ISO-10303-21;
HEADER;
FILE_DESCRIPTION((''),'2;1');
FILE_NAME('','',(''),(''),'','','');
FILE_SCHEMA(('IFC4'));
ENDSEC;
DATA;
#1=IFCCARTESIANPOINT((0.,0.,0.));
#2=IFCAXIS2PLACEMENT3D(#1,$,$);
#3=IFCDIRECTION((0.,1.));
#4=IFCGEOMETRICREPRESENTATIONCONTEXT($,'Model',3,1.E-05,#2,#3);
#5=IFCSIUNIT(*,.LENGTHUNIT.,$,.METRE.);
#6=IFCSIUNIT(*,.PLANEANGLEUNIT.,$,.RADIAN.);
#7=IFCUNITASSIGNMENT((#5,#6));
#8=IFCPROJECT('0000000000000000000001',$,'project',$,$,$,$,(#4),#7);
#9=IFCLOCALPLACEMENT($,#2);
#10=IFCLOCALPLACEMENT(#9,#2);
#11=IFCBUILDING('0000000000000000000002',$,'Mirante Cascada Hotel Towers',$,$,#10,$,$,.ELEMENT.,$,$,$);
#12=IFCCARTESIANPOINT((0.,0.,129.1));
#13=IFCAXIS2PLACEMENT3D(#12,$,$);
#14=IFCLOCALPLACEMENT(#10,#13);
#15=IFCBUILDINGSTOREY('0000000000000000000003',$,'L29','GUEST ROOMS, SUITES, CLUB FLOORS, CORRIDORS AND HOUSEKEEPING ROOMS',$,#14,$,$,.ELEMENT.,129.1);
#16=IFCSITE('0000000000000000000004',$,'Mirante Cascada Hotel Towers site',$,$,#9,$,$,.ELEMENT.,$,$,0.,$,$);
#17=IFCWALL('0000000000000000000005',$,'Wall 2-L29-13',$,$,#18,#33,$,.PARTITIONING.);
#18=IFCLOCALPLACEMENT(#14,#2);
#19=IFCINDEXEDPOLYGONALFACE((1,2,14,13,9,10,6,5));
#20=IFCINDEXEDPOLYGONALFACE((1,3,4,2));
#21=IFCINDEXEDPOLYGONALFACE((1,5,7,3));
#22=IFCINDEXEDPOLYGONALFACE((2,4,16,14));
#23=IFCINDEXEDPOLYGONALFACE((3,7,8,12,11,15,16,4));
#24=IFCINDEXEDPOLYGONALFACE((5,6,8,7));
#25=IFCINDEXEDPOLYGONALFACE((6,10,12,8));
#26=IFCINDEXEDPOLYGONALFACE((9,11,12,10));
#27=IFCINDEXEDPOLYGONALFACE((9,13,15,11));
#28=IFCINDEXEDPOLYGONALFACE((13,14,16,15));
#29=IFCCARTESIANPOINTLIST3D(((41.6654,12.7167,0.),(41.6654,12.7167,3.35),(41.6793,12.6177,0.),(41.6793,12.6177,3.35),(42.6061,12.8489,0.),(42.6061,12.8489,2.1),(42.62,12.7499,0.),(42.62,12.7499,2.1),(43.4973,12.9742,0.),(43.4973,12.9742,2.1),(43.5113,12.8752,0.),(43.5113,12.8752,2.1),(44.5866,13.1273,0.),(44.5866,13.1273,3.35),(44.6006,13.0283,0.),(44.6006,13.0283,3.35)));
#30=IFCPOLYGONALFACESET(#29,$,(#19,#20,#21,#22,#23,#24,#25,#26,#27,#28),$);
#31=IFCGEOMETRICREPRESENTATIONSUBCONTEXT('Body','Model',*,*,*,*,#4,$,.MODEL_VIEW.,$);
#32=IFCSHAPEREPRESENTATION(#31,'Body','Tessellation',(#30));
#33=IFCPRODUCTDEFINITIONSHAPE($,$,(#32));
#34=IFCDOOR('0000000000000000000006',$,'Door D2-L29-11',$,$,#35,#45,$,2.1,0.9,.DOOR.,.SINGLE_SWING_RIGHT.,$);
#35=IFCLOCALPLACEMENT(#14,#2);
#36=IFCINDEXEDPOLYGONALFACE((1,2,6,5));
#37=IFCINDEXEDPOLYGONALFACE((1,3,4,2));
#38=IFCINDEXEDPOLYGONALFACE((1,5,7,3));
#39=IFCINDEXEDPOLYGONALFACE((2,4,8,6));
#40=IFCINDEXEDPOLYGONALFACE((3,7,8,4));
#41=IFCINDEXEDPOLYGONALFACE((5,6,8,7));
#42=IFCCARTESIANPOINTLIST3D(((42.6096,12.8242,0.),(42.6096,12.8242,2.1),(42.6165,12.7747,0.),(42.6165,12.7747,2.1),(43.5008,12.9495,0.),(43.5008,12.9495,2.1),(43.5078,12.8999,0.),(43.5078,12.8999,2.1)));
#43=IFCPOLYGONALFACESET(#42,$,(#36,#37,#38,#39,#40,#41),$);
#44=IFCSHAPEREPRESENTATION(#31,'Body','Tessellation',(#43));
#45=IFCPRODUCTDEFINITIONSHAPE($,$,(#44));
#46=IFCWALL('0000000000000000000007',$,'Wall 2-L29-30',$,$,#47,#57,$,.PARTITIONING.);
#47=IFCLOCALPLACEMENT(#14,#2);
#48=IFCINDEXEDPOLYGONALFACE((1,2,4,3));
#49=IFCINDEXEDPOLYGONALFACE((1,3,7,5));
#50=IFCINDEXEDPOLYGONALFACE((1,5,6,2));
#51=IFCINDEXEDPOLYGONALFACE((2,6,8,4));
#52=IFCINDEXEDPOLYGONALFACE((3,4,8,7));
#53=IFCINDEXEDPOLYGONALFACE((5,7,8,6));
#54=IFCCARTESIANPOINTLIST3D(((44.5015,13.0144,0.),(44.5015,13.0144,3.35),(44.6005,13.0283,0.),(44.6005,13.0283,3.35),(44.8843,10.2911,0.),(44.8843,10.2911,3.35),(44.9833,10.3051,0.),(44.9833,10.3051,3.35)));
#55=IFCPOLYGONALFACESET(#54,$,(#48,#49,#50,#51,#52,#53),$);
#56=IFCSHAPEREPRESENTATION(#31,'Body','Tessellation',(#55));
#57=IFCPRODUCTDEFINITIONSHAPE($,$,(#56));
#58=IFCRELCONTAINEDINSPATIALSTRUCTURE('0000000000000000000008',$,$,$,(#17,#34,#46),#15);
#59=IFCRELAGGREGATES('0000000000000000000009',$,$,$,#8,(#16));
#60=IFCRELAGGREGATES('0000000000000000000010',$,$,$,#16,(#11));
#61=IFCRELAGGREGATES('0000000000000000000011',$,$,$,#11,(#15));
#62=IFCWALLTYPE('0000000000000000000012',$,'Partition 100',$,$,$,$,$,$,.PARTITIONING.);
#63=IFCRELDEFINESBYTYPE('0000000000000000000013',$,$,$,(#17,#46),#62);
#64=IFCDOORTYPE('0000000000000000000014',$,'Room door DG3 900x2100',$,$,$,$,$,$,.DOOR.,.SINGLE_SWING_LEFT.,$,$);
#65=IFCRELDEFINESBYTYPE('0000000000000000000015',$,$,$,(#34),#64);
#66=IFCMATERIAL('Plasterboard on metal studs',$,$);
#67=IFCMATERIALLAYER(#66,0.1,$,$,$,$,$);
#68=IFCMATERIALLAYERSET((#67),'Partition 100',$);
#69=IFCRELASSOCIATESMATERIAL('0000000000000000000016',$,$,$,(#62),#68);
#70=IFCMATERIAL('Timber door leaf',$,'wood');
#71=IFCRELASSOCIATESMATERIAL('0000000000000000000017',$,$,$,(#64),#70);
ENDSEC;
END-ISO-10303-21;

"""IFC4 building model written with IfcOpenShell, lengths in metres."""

from ifc_helpers import new_model, si_unit, direction, frame, frame_2d, origin, place, context, subcontext, project, spatial, rectangle, extrude, material, layer, layer_set, type_object, element, fill, save


model = new_model("IFC4")

# Units and contexts
model_context = context("Model", 3, precision=1e-05, world=origin(), true_north=direction((0.0, 1.0)))
body_context = subcontext(model_context, "Body", "Model", "MODEL_VIEW")
ifc_project = project(units=[si_unit("LENGTHUNIT", "METRE"), si_unit("PLANEANGLEUNIT", "RADIAN")], contexts=[model_context])

# Site, building, storey
site_placement = place(None, origin())
site = spatial("IfcSite", under=ifc_project, at=site_placement, Name="Mirante Cascada Hotel Towers site", CompositionType="ELEMENT", RefElevation=0.0)
building_placement = place(site_placement, origin())
building = spatial("IfcBuilding", under=site, at=building_placement, Name="Mirante Cascada Hotel Towers", CompositionType="ELEMENT")
storey_placement = place(building_placement, frame((0.0, 0.0, 129.1)))
storey = spatial("IfcBuildingStorey", under=building, at=storey_placement, Name="L29", Description="GUEST ROOMS, SUITES, CLUB FLOORS, CORRIDORS AND HOUSEKEEPING ROOMS", CompositionType="ELEMENT", Elevation=129.1)

# Wall, opening, door
ifc_material_1 = material(Name="Plasterboard on metal studs")
ifc_layer_1 = layer(ifc_material_1, 0.1)
ifc_layer_set_1 = layer_set([ifc_layer_1], Name="Partition 100")
wall_type_1 = type_object("IfcWallType", Name="Partition 100", PredefinedType="PARTITIONING", material=ifc_layer_set_1)
wall_1_placement = place(storey_placement, frame((44.5936, 13.0778, 0.0), z_axis=(0.0, 0.0, 1.0), x_axis=(-0.990266, -0.139186, 0.0)))
wall_1 = element("IfcWall", 1, at=wall_1_placement, inside=storey, type_object=wall_type_1, Name="Wall 2-L29-13", PredefinedType="PARTITIONING", context=body_context, shape_type="SweptSolid", body=[
    extrude(rectangle(XDim=2.95, YDim=0.1, at=frame_2d((1.475, 0.0))), origin(), (0.0, 0.0, 1.0), 3.35),
])
opening_placement = place(wall_1_placement, frame((1.1, 0.0, 0.0)))
opening = element("IfcOpeningElement", 2, at=opening_placement, cuts=wall_1, PredefinedType="OPENING", context=body_context, shape_type="SweptSolid", body=[
    extrude(rectangle(XDim=0.9, YDim=2.1, at=frame_2d((0.45, 1.05))), frame((0.0, 0.05, 0.0), z_axis=(0.0, -1.0, 0.0), x_axis=(1.0, 0.0, 0.0)), (0.0, 0.0, 1.0), 0.1),
])
ifc_material_2 = material(Name="Timber door leaf", Category="wood")
door_type = type_object("IfcDoorType", Name="Room door DG3 900x2100", OperationType="SINGLE_SWING_LEFT", PredefinedType="DOOR", material=ifc_material_2)
door_placement = place(opening_placement, frame((0.9, 0.0, 0.0), z_axis=(0.0, 0.0, 1.0), x_axis=(-1.0, 0.0, 0.0)))
door = element("IfcDoor", 3, at=door_placement, inside=storey, type_object=door_type, Name="Door D2-L29-11", OperationType="SINGLE_SWING_RIGHT", OverallHeight=2.1, OverallWidth=0.9, PredefinedType="DOOR", context=body_context, shape_type="SweptSolid", body=[
    extrude(rectangle(XDim=0.9, YDim=2.1, at=frame_2d((0.45, 1.05))), frame((0.0, 0.025, 0.0), z_axis=(0.0, -1.0, 0.0), x_axis=(1.0, 0.0, 0.0)), (0.0, 0.0, 1.0), 0.05),
])
fill(opening, door)

# Wall
wall_2_placement = place(storey_placement, frame((44.9338, 10.2981, 0.0), z_axis=(0.0, 0.0, 1.0), x_axis=(-0.139201, 0.990264, 0.0)))
element("IfcWall", 4, at=wall_2_placement, inside=storey, type_object=wall_type_1, Name="Wall 2-L29-30", PredefinedType="PARTITIONING", context=body_context, shape_type="SweptSolid", body=[
    extrude(rectangle(XDim=2.75, YDim=0.1, at=frame_2d((1.375, 0.0))), origin(), (0.0, 0.0, 1.0), 3.35),
])

save(model, "model.ifc")
